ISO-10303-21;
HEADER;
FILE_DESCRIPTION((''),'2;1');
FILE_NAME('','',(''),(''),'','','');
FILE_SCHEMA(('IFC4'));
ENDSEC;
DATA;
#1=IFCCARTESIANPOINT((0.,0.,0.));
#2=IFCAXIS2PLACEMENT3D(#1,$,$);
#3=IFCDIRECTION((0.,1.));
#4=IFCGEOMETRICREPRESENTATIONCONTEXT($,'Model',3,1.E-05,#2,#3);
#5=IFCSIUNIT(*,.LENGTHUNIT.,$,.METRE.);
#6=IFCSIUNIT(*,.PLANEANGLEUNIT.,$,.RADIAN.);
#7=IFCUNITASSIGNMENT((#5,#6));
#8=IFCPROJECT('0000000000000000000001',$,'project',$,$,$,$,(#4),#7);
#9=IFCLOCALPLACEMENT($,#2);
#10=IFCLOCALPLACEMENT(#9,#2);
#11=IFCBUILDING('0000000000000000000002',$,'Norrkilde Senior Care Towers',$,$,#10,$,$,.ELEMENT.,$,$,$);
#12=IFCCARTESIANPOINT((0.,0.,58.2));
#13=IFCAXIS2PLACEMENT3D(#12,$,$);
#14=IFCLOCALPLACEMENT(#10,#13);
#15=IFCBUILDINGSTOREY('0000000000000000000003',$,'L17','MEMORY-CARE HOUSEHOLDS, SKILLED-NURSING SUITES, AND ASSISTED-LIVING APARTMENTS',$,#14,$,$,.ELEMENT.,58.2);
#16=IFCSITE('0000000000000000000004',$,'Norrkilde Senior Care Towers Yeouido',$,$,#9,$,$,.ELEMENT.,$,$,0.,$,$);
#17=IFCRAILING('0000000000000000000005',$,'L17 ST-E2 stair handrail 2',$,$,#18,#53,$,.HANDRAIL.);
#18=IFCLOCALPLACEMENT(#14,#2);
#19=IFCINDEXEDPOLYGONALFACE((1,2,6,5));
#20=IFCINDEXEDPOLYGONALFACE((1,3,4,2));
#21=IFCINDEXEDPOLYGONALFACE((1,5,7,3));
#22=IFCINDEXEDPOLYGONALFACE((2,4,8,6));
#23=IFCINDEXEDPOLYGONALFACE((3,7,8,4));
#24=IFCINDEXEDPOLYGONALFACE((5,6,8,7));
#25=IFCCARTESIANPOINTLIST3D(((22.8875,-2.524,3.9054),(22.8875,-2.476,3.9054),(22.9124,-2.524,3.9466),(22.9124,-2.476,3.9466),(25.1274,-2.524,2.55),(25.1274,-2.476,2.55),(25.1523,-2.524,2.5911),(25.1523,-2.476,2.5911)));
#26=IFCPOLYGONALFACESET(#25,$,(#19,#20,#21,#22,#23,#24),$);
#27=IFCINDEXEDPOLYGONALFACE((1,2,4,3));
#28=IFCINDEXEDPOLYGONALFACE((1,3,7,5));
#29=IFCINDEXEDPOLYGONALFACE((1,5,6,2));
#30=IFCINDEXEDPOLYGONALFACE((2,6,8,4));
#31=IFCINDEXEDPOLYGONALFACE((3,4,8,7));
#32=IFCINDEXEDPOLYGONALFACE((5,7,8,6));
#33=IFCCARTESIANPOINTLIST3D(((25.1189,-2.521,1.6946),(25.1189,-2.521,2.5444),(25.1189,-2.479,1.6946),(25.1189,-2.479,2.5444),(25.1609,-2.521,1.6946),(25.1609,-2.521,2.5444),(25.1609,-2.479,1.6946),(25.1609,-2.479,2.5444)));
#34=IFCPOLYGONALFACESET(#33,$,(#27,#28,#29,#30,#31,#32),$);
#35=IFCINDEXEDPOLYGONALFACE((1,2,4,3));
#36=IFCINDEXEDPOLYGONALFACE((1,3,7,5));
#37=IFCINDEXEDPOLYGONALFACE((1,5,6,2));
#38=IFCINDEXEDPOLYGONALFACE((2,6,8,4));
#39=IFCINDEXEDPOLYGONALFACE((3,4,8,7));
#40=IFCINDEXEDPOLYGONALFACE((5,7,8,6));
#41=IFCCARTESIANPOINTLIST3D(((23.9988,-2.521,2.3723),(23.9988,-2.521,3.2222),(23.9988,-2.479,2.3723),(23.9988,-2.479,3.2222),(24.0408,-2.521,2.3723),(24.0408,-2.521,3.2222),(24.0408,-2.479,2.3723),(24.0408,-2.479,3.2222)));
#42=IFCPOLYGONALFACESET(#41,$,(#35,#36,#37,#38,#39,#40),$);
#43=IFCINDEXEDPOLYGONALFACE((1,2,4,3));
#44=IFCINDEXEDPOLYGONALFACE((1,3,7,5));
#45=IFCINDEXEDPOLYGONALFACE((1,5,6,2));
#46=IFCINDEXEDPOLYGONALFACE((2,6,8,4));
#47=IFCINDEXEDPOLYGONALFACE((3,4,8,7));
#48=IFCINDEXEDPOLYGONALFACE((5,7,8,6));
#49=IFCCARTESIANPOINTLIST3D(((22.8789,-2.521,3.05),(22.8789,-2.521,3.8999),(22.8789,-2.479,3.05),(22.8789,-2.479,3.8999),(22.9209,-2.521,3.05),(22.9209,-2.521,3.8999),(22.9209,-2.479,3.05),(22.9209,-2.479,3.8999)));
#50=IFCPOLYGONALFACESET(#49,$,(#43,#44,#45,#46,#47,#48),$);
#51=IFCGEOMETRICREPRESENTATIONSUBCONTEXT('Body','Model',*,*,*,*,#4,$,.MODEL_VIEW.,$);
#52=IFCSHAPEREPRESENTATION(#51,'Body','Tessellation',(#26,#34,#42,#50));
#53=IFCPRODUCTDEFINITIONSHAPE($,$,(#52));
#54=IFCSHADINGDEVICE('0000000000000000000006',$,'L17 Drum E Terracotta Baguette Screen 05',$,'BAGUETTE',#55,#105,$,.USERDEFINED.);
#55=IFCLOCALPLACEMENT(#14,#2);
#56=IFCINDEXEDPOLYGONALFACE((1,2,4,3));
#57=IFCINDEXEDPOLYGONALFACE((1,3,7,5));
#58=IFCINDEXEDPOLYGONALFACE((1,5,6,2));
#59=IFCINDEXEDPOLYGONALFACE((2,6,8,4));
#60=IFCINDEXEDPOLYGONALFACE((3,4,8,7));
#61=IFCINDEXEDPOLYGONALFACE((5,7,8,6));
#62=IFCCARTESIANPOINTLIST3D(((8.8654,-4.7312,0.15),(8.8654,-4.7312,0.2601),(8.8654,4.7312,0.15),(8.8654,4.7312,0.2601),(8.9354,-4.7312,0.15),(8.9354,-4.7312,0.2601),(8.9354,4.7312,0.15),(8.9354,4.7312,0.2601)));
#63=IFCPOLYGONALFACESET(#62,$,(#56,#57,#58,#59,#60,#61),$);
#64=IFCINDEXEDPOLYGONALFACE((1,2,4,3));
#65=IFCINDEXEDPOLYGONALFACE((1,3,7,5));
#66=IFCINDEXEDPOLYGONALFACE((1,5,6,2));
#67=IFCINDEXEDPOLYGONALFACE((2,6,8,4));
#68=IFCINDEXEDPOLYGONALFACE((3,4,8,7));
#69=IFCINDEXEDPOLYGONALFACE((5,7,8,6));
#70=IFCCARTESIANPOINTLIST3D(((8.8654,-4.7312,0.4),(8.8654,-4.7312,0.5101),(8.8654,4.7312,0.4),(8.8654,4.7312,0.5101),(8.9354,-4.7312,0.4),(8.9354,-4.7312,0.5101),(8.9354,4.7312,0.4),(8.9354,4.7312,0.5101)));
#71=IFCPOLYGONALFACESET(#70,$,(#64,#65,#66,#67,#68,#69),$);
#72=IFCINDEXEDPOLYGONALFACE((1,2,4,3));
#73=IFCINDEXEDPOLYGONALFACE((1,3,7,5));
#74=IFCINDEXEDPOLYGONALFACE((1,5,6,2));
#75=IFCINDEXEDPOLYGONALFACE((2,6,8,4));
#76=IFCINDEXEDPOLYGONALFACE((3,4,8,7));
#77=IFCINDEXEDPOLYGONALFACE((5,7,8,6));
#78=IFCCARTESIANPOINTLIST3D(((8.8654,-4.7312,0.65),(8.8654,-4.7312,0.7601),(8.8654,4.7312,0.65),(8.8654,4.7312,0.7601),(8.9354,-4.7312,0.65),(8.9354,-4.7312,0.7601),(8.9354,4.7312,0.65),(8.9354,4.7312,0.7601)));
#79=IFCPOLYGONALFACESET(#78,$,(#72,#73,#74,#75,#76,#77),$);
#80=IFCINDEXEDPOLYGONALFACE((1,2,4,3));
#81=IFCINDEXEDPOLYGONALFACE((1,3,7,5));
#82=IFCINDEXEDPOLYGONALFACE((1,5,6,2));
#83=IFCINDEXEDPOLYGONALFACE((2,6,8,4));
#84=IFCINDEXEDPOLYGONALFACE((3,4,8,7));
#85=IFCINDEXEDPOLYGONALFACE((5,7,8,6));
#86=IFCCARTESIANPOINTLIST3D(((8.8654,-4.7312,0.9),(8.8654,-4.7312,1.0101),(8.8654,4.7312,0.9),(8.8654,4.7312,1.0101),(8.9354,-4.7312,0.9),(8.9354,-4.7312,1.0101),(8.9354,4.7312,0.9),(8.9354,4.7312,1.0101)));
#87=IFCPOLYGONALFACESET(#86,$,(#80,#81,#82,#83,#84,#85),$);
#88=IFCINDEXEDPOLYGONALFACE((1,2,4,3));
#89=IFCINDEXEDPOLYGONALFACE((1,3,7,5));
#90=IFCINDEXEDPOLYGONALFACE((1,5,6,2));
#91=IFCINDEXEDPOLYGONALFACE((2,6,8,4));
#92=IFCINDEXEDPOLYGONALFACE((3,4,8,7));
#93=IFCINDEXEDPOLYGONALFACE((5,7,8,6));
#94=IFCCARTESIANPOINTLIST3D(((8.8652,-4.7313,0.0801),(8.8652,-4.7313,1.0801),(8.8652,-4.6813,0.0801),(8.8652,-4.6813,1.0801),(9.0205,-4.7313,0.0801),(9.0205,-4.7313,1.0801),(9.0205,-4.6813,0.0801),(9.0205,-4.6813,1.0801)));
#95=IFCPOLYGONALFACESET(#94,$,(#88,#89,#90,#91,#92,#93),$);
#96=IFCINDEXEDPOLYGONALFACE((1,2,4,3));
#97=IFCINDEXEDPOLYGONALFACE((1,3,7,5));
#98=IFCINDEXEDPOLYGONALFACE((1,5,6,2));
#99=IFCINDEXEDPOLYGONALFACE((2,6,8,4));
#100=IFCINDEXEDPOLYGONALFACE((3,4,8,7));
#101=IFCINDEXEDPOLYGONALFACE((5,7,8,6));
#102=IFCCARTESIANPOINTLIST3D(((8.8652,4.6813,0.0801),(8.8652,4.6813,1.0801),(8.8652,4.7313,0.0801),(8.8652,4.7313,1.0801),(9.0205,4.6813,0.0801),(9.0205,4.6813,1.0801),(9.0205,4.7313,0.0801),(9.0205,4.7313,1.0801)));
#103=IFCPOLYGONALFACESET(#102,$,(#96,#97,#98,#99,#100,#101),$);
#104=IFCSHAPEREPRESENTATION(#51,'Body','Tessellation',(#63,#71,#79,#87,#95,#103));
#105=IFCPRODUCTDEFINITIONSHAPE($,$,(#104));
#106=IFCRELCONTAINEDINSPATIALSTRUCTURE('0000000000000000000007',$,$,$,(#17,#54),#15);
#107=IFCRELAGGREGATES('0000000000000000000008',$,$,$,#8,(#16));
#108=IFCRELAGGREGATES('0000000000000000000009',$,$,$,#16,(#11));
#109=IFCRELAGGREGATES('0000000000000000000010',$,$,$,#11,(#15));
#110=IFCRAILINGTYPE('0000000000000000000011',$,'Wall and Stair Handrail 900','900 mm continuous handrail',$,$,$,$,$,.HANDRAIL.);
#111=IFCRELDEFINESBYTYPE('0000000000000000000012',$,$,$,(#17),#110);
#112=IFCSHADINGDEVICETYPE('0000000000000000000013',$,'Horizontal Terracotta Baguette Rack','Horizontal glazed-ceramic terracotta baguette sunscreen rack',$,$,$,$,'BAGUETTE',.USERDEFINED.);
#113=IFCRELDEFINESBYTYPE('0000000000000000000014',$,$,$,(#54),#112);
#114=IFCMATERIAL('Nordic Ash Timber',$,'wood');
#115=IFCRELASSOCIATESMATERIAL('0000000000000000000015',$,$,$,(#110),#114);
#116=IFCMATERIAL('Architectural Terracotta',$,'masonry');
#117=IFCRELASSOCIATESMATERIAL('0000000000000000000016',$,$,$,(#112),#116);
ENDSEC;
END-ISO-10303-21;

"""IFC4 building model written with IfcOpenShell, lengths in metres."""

from ifc_helpers import new_model, si_unit, direction, frame, origin, origin_2d, place, context, subcontext, project, spatial, rectangle, extrude, source, transform, mapped, material, type_object, type_shapes, element, save


model = new_model("IFC4")

# Units and contexts
model_context = context("Model", 3, precision=1e-05, world=origin(), true_north=direction((0.0, 1.0)))
body_context = subcontext(model_context, "Body", "Model", "MODEL_VIEW")
ifc_project = project(units=[si_unit("LENGTHUNIT", "METRE"), si_unit("PLANEANGLEUNIT", "RADIAN")], contexts=[model_context])

# Site, building, storey
site_placement = place(None, origin())
site = spatial("IfcSite", under=ifc_project, at=site_placement, Name="Norrkilde Senior Care Towers Yeouido", CompositionType="ELEMENT", RefElevation=0.0)
building_placement = place(site_placement, origin())
building = spatial("IfcBuilding", under=site, at=building_placement, Name="Norrkilde Senior Care Towers", CompositionType="ELEMENT")
storey_placement = place(building_placement, frame((0.0, 0.0, 58.2)))
storey = spatial("IfcBuildingStorey", under=building, at=storey_placement, Name="L17", Description="MEMORY-CARE HOUSEHOLDS, SKILLED-NURSING SUITES, AND ASSISTED-LIVING APARTMENTS", CompositionType="ELEMENT", Elevation=58.2)

# Shared definitions
ifc_material_1 = material(Name="Nordic Ash Timber", Category="wood")

# Railing
railing_type_1 = type_object("IfcRailingType", Name="Wall and Stair Handrail 900", Description="900 mm continuous handrail", PredefinedType="HANDRAIL", material=ifc_material_1)
railing_1_placement = place(storey_placement, frame((25.1399, -2.5, 1.6946)))
element("IfcRailing", 1, at=railing_1_placement, inside=storey, type_object=railing_type_1, Name="L17 ST-E2 stair handrail 2", PredefinedType="HANDRAIL", context=body_context, shape_type="SweptSolid", body=[
    extrude(rectangle(XDim=0.0481, YDim=0.0481, at=origin_2d()), frame((0.0, 0.0, 0.876), z_axis=(-0.855553, 0.0, 0.517715), x_axis=(0.0, -1.0, 0.0)), (0.0, 0.0, 1.0), 2.6182),
    extrude(rectangle(XDim=0.042, YDim=0.042, at=origin_2d()), origin(), (0.0, 0.0, 1.0), 0.8499),
    extrude(rectangle(XDim=0.042, YDim=0.042, at=origin_2d()), frame((-1.1201, 0.0, 0.6777)), (0.0, 0.0, 1.0), 0.8499),
    extrude(rectangle(XDim=0.042, YDim=0.042, at=origin_2d()), frame((-2.24, 0.0, 1.3555)), (0.0, 0.0, 1.0), 0.8499),
])

# Shading device
ifc_material_2 = material(Name="Architectural Terracotta", Category="masonry")
shading_device_type = type_object("IfcShadingDeviceType", Name="Horizontal Terracotta Baguette Rack", Description="Horizontal glazed-ceramic terracotta baguette sunscreen rack", ElementType="BAGUETTE", PredefinedType="USERDEFINED", material=ifc_material_2)
shared_shape_1 = source(origin(), body_context, "Body", "SweptSolid", [
    extrude(rectangle(XDim=0.0701, YDim=0.1101, at=origin_2d()), frame((0.0, 0.0901, 0.125), z_axis=(1.0, 0.0, 0.0), x_axis=(0.0, 1.0, 0.0)), (0.0, 0.0, 1.0), 9.4624),
    extrude(rectangle(XDim=0.0701, YDim=0.1101, at=origin_2d()), frame((0.0, 0.0901, 0.375), z_axis=(1.0, 0.0, 0.0), x_axis=(0.0, 1.0, 0.0)), (0.0, 0.0, 1.0), 9.4624),
    extrude(rectangle(XDim=0.0701, YDim=0.1101, at=origin_2d()), frame((0.0, 0.0901, 0.625), z_axis=(1.0, 0.0, 0.0), x_axis=(0.0, 1.0, 0.0)), (0.0, 0.0, 1.0), 9.4624),
    extrude(rectangle(XDim=0.0701, YDim=0.1101, at=origin_2d()), frame((0.0, 0.0901, 0.875), z_axis=(1.0, 0.0, 0.0), x_axis=(0.0, 1.0, 0.0)), (0.0, 0.0, 1.0), 9.4624),
    extrude(rectangle(XDim=0.05, YDim=0.1553, at=origin_2d()), frame((0.0249, 0.0476, 0.0)), (0.0, 0.0, 1.0), 1.0),
    extrude(rectangle(XDim=0.05, YDim=0.1553, at=origin_2d()), frame((9.4375, 0.0476, 0.0)), (0.0, 0.0, 1.0), 1.0),
])
type_shapes(shading_device_type, [shared_shape_1])
shading_device_placement = place(storey_placement, frame((8.9905, -4.7312, 0.0801), z_axis=(0.0, 0.0, 1.0), x_axis=(0.0, 1.0, 0.0)))
element("IfcShadingDevice", 2, at=shading_device_placement, inside=storey, type_object=shading_device_type, Name="L17 Drum E Terracotta Baguette Screen 05", ObjectType="BAGUETTE", PredefinedType="USERDEFINED", context=body_context, shape_type="MappedRepresentation", body=[
    mapped(shared_shape_1, transform((0.0, 0.0, 0.0), x_axis=(1.0, 0.0, 0.0), y_axis=(0.0, 1.0, 0.0), z_axis=(0.0, 0.0, 1.0), scale=1.0)),
])

save(model, "model.ifc")
